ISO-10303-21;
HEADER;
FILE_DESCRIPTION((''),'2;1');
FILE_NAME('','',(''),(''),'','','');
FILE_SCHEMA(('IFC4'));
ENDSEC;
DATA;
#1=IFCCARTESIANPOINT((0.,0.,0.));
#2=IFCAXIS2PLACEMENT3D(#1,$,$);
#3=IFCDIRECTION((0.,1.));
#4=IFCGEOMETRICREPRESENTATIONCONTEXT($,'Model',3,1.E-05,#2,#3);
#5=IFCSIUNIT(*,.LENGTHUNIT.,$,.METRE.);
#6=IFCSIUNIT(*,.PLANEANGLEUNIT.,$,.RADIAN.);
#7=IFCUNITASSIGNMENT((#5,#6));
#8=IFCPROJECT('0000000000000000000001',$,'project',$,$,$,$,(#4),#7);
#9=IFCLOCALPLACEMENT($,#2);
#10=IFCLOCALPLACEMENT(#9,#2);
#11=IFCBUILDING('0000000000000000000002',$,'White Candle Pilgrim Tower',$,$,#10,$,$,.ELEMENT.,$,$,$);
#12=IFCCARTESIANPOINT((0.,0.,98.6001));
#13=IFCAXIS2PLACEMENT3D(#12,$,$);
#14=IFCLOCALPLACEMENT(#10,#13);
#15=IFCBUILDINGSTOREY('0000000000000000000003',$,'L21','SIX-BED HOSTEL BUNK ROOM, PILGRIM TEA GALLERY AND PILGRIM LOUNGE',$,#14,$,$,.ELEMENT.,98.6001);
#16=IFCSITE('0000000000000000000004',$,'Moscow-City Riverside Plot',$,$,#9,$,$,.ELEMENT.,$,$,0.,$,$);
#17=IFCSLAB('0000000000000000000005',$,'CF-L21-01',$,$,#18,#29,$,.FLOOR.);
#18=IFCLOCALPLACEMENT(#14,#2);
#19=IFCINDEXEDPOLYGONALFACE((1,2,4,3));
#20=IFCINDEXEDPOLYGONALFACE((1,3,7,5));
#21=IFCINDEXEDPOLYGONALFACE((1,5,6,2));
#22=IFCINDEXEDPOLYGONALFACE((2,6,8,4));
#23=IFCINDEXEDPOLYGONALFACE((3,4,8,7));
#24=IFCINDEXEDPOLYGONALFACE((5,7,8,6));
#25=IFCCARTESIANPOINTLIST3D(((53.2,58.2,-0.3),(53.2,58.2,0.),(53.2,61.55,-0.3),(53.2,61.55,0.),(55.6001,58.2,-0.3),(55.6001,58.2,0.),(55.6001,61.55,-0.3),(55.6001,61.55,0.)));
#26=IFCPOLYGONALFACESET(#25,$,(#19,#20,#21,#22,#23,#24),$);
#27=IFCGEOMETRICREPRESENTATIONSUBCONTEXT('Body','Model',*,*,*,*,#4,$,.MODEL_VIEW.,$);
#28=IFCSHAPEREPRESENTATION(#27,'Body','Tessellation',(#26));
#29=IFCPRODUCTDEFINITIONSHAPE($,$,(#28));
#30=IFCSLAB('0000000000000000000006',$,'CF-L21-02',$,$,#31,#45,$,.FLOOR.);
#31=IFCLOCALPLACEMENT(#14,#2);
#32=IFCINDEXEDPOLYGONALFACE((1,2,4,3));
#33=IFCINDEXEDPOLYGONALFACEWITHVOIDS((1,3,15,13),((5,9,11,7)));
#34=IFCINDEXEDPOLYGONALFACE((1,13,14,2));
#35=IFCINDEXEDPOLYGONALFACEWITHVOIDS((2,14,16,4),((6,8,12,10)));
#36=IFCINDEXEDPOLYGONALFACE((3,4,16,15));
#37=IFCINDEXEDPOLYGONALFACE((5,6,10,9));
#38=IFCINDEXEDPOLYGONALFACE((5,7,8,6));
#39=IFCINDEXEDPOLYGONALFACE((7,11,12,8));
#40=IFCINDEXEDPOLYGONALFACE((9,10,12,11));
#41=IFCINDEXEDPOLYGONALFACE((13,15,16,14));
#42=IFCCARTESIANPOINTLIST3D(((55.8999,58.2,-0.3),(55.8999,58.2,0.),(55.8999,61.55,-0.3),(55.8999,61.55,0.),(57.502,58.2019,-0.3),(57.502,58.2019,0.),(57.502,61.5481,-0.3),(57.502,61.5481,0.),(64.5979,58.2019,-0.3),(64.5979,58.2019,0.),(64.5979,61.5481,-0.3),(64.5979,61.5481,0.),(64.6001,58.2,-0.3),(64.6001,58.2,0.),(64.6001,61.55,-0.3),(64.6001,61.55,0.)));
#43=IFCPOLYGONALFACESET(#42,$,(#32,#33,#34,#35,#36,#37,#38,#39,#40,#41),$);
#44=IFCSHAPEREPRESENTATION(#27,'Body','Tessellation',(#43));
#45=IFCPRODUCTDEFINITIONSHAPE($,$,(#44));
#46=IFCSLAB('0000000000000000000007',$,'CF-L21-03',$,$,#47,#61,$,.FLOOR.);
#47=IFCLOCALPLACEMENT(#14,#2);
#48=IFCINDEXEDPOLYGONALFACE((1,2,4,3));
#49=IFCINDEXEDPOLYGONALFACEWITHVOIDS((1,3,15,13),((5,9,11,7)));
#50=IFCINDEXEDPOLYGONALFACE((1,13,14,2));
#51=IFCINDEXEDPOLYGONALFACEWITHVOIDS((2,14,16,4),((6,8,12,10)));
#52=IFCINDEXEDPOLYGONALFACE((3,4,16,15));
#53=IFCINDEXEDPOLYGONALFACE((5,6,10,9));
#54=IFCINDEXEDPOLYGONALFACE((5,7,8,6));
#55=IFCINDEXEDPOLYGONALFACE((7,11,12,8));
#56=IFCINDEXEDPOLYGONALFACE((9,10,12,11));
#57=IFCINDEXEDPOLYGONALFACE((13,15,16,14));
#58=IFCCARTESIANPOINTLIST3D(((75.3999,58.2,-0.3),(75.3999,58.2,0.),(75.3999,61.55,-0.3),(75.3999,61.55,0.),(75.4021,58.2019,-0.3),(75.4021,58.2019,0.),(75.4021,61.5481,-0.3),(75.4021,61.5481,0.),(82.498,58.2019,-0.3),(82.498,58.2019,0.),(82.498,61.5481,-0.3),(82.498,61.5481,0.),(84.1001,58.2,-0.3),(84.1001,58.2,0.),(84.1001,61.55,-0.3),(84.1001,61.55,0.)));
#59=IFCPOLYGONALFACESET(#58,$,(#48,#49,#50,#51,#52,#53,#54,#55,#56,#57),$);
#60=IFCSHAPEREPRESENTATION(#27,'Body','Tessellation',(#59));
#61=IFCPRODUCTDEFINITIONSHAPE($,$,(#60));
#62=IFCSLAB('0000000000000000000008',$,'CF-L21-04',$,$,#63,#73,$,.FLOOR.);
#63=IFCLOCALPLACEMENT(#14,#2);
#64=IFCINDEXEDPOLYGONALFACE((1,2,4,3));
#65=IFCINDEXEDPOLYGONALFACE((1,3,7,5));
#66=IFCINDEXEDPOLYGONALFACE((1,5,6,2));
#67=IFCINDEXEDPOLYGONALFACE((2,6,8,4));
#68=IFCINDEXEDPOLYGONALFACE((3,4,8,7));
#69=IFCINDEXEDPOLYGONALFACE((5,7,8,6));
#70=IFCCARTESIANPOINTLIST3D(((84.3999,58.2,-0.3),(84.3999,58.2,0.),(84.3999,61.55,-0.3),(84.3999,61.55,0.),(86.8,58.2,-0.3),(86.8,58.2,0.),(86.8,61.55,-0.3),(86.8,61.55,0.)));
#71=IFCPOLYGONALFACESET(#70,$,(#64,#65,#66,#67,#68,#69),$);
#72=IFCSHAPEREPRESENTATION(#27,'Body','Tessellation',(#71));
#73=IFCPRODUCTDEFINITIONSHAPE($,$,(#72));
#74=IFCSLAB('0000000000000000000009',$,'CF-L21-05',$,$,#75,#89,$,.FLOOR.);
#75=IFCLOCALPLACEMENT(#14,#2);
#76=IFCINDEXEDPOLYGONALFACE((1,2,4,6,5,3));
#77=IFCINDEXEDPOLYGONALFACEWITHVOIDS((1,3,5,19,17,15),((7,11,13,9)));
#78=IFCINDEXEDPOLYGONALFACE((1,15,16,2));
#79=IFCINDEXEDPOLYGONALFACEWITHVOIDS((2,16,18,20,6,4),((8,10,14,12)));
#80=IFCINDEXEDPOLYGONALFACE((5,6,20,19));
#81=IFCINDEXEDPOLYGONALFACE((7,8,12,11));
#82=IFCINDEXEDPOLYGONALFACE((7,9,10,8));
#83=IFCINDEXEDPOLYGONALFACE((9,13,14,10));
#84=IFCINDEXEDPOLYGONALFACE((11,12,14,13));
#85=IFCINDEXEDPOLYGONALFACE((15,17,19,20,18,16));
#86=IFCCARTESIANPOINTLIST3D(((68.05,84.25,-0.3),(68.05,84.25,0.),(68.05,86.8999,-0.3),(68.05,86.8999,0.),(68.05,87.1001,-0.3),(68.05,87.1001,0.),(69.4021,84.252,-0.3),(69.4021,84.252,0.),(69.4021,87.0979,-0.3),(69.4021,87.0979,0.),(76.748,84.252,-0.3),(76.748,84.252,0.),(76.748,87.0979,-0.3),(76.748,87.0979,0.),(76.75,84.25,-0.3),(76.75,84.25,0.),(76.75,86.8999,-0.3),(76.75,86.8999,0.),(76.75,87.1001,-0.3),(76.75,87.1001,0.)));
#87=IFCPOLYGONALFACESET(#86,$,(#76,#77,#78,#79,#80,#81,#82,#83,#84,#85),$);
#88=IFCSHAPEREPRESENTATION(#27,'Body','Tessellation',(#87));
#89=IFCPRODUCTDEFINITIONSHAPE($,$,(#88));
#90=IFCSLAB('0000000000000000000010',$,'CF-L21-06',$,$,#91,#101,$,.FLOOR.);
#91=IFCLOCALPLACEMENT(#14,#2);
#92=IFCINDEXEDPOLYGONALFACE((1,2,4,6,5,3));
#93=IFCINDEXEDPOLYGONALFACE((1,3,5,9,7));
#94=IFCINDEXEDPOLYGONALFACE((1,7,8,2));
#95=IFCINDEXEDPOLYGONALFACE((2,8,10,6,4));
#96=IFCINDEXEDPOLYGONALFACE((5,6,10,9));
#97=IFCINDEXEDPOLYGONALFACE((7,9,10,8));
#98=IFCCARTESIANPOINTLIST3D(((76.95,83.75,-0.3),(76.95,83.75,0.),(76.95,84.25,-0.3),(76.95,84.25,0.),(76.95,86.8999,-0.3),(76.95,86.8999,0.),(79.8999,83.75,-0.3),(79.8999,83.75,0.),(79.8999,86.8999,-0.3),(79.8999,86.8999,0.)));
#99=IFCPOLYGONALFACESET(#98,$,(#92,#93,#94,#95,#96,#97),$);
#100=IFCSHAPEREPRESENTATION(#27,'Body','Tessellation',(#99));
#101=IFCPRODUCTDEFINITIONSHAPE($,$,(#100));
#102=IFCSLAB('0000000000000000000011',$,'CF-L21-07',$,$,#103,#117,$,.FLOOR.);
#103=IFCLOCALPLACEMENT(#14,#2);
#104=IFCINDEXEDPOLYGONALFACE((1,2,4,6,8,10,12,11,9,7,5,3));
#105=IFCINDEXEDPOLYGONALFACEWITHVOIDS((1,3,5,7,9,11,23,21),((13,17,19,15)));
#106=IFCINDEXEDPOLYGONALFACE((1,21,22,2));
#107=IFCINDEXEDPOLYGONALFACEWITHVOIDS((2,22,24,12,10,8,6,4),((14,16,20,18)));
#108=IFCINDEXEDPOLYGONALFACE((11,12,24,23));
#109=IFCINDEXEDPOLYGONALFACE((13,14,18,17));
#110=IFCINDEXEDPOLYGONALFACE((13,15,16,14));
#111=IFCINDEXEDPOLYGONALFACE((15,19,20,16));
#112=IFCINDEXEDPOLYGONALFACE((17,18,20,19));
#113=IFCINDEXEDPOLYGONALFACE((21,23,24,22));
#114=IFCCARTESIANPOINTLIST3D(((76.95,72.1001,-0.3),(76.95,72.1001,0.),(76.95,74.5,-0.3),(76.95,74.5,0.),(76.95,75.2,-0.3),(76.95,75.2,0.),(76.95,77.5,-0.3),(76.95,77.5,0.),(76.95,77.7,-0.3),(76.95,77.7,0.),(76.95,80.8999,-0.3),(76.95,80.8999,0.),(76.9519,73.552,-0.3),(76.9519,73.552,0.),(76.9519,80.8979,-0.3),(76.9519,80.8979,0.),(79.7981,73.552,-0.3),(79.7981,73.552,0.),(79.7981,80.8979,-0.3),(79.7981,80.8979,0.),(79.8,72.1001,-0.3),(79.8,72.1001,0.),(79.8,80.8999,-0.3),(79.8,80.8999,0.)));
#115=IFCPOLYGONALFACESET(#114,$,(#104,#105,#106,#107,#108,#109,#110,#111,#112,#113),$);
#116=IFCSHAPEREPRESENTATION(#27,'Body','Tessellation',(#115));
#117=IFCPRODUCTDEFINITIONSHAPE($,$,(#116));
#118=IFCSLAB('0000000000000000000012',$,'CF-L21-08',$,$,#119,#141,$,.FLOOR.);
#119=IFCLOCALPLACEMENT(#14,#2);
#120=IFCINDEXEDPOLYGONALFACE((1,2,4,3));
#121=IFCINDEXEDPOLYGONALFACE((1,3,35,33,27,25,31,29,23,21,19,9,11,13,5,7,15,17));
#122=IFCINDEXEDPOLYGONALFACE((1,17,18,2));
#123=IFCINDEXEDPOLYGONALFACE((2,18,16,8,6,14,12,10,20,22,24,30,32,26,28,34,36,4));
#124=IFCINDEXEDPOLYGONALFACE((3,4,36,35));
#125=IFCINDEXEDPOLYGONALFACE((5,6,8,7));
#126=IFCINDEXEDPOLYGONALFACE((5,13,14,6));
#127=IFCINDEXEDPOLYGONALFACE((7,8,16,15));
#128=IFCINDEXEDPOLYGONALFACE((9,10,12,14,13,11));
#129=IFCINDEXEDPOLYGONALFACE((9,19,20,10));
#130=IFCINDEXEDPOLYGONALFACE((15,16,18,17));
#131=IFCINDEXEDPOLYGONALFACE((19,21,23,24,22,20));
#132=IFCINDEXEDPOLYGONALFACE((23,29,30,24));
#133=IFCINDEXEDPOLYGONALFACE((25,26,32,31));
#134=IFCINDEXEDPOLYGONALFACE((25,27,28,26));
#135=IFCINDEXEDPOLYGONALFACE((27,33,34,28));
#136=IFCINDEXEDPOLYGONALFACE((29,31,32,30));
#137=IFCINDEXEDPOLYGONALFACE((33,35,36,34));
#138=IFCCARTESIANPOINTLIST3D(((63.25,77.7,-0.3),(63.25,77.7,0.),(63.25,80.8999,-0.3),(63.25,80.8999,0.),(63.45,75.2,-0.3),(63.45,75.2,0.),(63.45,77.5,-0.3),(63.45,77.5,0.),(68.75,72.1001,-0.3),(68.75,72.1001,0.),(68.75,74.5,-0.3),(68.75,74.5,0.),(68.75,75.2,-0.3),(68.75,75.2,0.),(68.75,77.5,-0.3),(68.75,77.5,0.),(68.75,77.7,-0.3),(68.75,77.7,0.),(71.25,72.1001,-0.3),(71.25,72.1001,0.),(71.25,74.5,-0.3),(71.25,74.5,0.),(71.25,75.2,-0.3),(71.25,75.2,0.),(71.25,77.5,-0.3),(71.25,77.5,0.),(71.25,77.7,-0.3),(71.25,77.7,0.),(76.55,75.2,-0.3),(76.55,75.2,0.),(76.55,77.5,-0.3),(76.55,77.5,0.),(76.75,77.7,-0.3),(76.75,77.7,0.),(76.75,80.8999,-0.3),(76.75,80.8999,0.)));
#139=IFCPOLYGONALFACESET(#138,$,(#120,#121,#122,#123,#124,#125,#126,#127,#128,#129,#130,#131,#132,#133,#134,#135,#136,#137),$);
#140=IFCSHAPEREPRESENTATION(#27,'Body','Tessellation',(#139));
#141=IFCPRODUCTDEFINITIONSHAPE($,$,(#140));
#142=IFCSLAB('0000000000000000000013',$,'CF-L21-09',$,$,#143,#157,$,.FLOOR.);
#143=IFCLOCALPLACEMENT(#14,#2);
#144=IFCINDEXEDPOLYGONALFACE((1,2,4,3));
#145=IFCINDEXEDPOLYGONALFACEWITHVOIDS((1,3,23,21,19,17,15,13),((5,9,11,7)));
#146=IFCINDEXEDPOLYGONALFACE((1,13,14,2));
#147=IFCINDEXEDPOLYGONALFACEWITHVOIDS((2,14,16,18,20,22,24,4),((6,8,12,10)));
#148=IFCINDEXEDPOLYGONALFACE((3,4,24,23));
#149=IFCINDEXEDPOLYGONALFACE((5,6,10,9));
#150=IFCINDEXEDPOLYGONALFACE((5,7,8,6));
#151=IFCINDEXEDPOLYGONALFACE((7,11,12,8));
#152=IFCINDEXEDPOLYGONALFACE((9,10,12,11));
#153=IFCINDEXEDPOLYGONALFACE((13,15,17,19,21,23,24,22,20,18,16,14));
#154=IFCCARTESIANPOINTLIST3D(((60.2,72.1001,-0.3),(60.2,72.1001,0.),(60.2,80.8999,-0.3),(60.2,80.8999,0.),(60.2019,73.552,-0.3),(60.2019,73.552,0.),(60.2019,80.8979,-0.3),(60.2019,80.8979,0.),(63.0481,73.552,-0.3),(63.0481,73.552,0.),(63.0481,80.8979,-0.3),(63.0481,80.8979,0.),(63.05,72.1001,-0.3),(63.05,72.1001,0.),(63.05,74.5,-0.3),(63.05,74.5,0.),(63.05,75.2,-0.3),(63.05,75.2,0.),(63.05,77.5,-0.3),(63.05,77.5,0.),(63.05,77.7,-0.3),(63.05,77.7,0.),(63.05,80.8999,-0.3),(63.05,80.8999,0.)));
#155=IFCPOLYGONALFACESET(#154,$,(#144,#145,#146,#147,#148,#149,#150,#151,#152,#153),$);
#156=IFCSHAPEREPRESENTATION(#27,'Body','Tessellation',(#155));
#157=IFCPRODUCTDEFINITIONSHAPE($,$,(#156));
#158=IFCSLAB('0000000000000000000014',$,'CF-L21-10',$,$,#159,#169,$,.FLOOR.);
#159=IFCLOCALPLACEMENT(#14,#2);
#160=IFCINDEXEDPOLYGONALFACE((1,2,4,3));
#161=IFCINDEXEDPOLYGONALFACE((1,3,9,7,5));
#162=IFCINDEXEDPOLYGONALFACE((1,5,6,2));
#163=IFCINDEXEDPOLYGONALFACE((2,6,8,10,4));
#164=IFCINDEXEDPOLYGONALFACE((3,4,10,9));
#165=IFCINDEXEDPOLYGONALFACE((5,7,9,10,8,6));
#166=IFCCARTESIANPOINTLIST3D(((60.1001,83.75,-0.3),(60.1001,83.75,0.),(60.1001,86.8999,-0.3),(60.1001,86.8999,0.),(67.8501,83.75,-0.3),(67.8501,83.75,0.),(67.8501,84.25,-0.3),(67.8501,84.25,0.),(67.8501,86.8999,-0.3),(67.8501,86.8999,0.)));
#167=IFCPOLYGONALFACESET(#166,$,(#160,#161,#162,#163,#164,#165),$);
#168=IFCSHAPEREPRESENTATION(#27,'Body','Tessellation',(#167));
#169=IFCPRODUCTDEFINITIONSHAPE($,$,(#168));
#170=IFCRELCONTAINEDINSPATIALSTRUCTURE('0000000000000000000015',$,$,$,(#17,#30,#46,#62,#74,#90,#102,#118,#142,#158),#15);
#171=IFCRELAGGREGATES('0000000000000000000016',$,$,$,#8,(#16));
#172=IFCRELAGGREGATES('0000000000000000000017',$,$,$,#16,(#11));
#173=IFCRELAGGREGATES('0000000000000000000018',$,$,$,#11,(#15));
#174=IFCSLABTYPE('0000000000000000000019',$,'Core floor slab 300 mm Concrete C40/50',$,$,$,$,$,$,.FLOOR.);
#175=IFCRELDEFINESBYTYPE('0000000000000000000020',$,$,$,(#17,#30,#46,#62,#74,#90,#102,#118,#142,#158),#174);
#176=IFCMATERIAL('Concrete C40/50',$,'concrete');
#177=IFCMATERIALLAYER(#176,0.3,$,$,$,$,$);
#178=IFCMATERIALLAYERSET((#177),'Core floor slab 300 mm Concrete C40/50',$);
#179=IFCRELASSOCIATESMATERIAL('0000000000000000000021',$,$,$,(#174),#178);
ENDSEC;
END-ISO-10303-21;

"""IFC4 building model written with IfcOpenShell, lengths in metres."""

from ifc_helpers import new_model, si_unit, direction, frame, origin, place, context, subcontext, project, spatial, polyline, outline, extrude, material, layer, layer_set, type_object, element, save


model = new_model("IFC4")

# Units and contexts
model_context = context("Model", 3, precision=1e-05, world=origin(), true_north=direction((0.0, 1.0)))
body_context = subcontext(model_context, "Body", "Model", "MODEL_VIEW")
ifc_project = project(units=[si_unit("LENGTHUNIT", "METRE"), si_unit("PLANEANGLEUNIT", "RADIAN")], contexts=[model_context])

# Site, building, storey
site_placement = place(None, origin())
site = spatial("IfcSite", under=ifc_project, at=site_placement, Name="Moscow-City Riverside Plot", CompositionType="ELEMENT", RefElevation=0.0)
building_placement = place(site_placement, origin())
building = spatial("IfcBuilding", under=site, at=building_placement, Name="White Candle Pilgrim Tower", CompositionType="ELEMENT")
storey_placement = place(building_placement, frame((0.0, 0.0, 98.6001)))
storey = spatial("IfcBuildingStorey", under=building, at=storey_placement, Name="L21", Description="SIX-BED HOSTEL BUNK ROOM, PILGRIM TEA GALLERY AND PILGRIM LOUNGE", CompositionType="ELEMENT", Elevation=98.6001)

# Slabs
ifc_material = material(Name="Concrete C40/50", Category="concrete")
ifc_layer_1 = layer(ifc_material, 0.3)
ifc_layer_set_1 = layer_set([ifc_layer_1], Name="Core floor slab 300 mm Concrete C40/50")
slab_type_1 = type_object("IfcSlabType", Name="Core floor slab 300 mm Concrete C40/50", PredefinedType="FLOOR", material=ifc_layer_set_1)
slab_1_placement = place(storey_placement, frame((0.0, 0.0, -0.3)))
element("IfcSlab", 1, at=slab_1_placement, inside=storey, type_object=slab_type_1, Name="CF-L21-01", PredefinedType="FLOOR", context=body_context, shape_type="SweptSolid", body=[
    extrude(outline(polyline([(55.6001, 58.2), (53.2, 58.2), (53.2, 61.55), (55.6001, 61.55), (55.6001, 58.2)])), origin(), (0.0, 0.0, 1.0), 0.3),
])
slab_2_placement = place(storey_placement, frame((0.0, 0.0, -0.3)))
element("IfcSlab", 2, at=slab_2_placement, inside=storey, type_object=slab_type_1, Name="CF-L21-02", PredefinedType="FLOOR", context=body_context, shape_type="SweptSolid", body=[
    extrude(outline(polyline([(55.8999, 58.2), (55.8999, 61.55), (64.6001, 61.55), (64.6001, 58.2), (55.8999, 58.2)]), holes=[polyline([(57.502, 61.5481), (57.502, 58.2019), (64.5979, 58.2019), (64.5979, 61.5481), (57.502, 61.5481)])]), origin(), (0.0, 0.0, 1.0), 0.3),
])
slab_3_placement = place(storey_placement, frame((0.0, 0.0, -0.3)))
element("IfcSlab", 3, at=slab_3_placement, inside=storey, type_object=slab_type_1, Name="CF-L21-03", PredefinedType="FLOOR", context=body_context, shape_type="SweptSolid", body=[
    extrude(outline(polyline([(75.3999, 58.2), (75.3999, 61.55), (84.1001, 61.55), (84.1001, 58.2), (75.3999, 58.2)]), holes=[polyline([(82.498, 58.2019), (82.498, 61.5481), (75.4021, 61.5481), (75.4021, 58.2019), (82.498, 58.2019)])]), origin(), (0.0, 0.0, 1.0), 0.3),
])
slab_4_placement = place(storey_placement, frame((0.0, 0.0, -0.3)))
element("IfcSlab", 4, at=slab_4_placement, inside=storey, type_object=slab_type_1, Name="CF-L21-04", PredefinedType="FLOOR", context=body_context, shape_type="SweptSolid", body=[
    extrude(outline(polyline([(86.8, 58.2), (84.3999, 58.2), (84.3999, 61.55), (86.8, 61.55), (86.8, 58.2)])), origin(), (0.0, 0.0, 1.0), 0.3),
])
slab_5_placement = place(storey_placement, frame((0.0, 0.0, -0.3)))
element("IfcSlab", 5, at=slab_5_placement, inside=storey, type_object=slab_type_1, Name="CF-L21-05", PredefinedType="FLOOR", context=body_context, shape_type="SweptSolid", body=[
    extrude(outline(polyline([(76.75, 87.1001), (76.75, 86.8999), (76.75, 84.25), (68.05, 84.25), (68.05, 86.8999), (68.05, 87.1001), (76.75, 87.1001)]), holes=[polyline([(69.4021, 87.0979), (69.4021, 84.252), (76.748, 84.252), (76.748, 87.0979), (69.4021, 87.0979)])]), origin(), (0.0, 0.0, 1.0), 0.3),
])
slab_6_placement = place(storey_placement, frame((0.0, 0.0, -0.3)))
element("IfcSlab", 6, at=slab_6_placement, inside=storey, type_object=slab_type_1, Name="CF-L21-06", PredefinedType="FLOOR", context=body_context, shape_type="SweptSolid", body=[
    extrude(outline(polyline([(79.8999, 86.8999), (79.8999, 83.75), (76.95, 83.75), (76.95, 84.25), (76.95, 86.8999), (79.8999, 86.8999)])), origin(), (0.0, 0.0, 1.0), 0.3),
])
slab_7_placement = place(storey_placement, frame((0.0, 0.0, -0.3)))
element("IfcSlab", 7, at=slab_7_placement, inside=storey, type_object=slab_type_1, Name="CF-L21-07", PredefinedType="FLOOR", context=body_context, shape_type="SweptSolid", body=[
    extrude(outline(polyline([(76.95, 72.1001), (76.95, 74.5), (76.95, 75.2), (76.95, 77.5), (76.95, 77.7), (76.95, 80.8999), (79.8, 80.8999), (79.8, 72.1001), (76.95, 72.1001)]), holes=[polyline([(76.9519, 73.552), (79.7981, 73.552), (79.7981, 80.8979), (76.9519, 80.8979), (76.9519, 73.552)])]), origin(), (0.0, 0.0, 1.0), 0.3),
])
slab_8_placement = place(storey_placement, frame((0.0, 0.0, -0.3)))
element("IfcSlab", 8, at=slab_8_placement, inside=storey, type_object=slab_type_1, Name="CF-L21-08", PredefinedType="FLOOR", context=body_context, shape_type="SweptSolid", body=[
    extrude(outline(polyline([(68.75, 72.1001), (68.75, 74.5), (68.75, 75.2), (63.45, 75.2), (63.45, 77.5), (68.75, 77.5), (68.75, 77.7), (63.25, 77.7), (63.25, 80.8999), (76.75, 80.8999), (76.75, 77.7), (71.25, 77.7), (71.25, 77.5), (76.55, 77.5), (76.55, 75.2), (71.25, 75.2), (71.25, 74.5), (71.25, 72.1001), (68.75, 72.1001)])), origin(), (0.0, 0.0, 1.0), 0.3),
])
slab_9_placement = place(storey_placement, frame((0.0, 0.0, -0.3)))
element("IfcSlab", 9, at=slab_9_placement, inside=storey, type_object=slab_type_1, Name="CF-L21-09", PredefinedType="FLOOR", context=body_context, shape_type="SweptSolid", body=[
    extrude(outline(polyline([(60.2, 72.1001), (60.2, 80.8999), (63.05, 80.8999), (63.05, 77.7), (63.05, 77.5), (63.05, 75.2), (63.05, 74.5), (63.05, 72.1001), (60.2, 72.1001)]), holes=[polyline([(60.2019, 73.552), (63.0481, 73.552), (63.0481, 80.8979), (60.2019, 80.8979), (60.2019, 73.552)])]), origin(), (0.0, 0.0, 1.0), 0.3),
])
slab_10_placement = place(storey_placement, frame((0.0, 0.0, -0.3)))
element("IfcSlab", 10, at=slab_10_placement, inside=storey, type_object=slab_type_1, Name="CF-L21-10", PredefinedType="FLOOR", context=body_context, shape_type="SweptSolid", body=[
    extrude(outline(polyline([(60.1001, 86.8999), (67.8501, 86.8999), (67.8501, 84.25), (67.8501, 83.75), (60.1001, 83.75), (60.1001, 86.8999)])), origin(), (0.0, 0.0, 1.0), 0.3),
])

save(model, "model.ifc")
